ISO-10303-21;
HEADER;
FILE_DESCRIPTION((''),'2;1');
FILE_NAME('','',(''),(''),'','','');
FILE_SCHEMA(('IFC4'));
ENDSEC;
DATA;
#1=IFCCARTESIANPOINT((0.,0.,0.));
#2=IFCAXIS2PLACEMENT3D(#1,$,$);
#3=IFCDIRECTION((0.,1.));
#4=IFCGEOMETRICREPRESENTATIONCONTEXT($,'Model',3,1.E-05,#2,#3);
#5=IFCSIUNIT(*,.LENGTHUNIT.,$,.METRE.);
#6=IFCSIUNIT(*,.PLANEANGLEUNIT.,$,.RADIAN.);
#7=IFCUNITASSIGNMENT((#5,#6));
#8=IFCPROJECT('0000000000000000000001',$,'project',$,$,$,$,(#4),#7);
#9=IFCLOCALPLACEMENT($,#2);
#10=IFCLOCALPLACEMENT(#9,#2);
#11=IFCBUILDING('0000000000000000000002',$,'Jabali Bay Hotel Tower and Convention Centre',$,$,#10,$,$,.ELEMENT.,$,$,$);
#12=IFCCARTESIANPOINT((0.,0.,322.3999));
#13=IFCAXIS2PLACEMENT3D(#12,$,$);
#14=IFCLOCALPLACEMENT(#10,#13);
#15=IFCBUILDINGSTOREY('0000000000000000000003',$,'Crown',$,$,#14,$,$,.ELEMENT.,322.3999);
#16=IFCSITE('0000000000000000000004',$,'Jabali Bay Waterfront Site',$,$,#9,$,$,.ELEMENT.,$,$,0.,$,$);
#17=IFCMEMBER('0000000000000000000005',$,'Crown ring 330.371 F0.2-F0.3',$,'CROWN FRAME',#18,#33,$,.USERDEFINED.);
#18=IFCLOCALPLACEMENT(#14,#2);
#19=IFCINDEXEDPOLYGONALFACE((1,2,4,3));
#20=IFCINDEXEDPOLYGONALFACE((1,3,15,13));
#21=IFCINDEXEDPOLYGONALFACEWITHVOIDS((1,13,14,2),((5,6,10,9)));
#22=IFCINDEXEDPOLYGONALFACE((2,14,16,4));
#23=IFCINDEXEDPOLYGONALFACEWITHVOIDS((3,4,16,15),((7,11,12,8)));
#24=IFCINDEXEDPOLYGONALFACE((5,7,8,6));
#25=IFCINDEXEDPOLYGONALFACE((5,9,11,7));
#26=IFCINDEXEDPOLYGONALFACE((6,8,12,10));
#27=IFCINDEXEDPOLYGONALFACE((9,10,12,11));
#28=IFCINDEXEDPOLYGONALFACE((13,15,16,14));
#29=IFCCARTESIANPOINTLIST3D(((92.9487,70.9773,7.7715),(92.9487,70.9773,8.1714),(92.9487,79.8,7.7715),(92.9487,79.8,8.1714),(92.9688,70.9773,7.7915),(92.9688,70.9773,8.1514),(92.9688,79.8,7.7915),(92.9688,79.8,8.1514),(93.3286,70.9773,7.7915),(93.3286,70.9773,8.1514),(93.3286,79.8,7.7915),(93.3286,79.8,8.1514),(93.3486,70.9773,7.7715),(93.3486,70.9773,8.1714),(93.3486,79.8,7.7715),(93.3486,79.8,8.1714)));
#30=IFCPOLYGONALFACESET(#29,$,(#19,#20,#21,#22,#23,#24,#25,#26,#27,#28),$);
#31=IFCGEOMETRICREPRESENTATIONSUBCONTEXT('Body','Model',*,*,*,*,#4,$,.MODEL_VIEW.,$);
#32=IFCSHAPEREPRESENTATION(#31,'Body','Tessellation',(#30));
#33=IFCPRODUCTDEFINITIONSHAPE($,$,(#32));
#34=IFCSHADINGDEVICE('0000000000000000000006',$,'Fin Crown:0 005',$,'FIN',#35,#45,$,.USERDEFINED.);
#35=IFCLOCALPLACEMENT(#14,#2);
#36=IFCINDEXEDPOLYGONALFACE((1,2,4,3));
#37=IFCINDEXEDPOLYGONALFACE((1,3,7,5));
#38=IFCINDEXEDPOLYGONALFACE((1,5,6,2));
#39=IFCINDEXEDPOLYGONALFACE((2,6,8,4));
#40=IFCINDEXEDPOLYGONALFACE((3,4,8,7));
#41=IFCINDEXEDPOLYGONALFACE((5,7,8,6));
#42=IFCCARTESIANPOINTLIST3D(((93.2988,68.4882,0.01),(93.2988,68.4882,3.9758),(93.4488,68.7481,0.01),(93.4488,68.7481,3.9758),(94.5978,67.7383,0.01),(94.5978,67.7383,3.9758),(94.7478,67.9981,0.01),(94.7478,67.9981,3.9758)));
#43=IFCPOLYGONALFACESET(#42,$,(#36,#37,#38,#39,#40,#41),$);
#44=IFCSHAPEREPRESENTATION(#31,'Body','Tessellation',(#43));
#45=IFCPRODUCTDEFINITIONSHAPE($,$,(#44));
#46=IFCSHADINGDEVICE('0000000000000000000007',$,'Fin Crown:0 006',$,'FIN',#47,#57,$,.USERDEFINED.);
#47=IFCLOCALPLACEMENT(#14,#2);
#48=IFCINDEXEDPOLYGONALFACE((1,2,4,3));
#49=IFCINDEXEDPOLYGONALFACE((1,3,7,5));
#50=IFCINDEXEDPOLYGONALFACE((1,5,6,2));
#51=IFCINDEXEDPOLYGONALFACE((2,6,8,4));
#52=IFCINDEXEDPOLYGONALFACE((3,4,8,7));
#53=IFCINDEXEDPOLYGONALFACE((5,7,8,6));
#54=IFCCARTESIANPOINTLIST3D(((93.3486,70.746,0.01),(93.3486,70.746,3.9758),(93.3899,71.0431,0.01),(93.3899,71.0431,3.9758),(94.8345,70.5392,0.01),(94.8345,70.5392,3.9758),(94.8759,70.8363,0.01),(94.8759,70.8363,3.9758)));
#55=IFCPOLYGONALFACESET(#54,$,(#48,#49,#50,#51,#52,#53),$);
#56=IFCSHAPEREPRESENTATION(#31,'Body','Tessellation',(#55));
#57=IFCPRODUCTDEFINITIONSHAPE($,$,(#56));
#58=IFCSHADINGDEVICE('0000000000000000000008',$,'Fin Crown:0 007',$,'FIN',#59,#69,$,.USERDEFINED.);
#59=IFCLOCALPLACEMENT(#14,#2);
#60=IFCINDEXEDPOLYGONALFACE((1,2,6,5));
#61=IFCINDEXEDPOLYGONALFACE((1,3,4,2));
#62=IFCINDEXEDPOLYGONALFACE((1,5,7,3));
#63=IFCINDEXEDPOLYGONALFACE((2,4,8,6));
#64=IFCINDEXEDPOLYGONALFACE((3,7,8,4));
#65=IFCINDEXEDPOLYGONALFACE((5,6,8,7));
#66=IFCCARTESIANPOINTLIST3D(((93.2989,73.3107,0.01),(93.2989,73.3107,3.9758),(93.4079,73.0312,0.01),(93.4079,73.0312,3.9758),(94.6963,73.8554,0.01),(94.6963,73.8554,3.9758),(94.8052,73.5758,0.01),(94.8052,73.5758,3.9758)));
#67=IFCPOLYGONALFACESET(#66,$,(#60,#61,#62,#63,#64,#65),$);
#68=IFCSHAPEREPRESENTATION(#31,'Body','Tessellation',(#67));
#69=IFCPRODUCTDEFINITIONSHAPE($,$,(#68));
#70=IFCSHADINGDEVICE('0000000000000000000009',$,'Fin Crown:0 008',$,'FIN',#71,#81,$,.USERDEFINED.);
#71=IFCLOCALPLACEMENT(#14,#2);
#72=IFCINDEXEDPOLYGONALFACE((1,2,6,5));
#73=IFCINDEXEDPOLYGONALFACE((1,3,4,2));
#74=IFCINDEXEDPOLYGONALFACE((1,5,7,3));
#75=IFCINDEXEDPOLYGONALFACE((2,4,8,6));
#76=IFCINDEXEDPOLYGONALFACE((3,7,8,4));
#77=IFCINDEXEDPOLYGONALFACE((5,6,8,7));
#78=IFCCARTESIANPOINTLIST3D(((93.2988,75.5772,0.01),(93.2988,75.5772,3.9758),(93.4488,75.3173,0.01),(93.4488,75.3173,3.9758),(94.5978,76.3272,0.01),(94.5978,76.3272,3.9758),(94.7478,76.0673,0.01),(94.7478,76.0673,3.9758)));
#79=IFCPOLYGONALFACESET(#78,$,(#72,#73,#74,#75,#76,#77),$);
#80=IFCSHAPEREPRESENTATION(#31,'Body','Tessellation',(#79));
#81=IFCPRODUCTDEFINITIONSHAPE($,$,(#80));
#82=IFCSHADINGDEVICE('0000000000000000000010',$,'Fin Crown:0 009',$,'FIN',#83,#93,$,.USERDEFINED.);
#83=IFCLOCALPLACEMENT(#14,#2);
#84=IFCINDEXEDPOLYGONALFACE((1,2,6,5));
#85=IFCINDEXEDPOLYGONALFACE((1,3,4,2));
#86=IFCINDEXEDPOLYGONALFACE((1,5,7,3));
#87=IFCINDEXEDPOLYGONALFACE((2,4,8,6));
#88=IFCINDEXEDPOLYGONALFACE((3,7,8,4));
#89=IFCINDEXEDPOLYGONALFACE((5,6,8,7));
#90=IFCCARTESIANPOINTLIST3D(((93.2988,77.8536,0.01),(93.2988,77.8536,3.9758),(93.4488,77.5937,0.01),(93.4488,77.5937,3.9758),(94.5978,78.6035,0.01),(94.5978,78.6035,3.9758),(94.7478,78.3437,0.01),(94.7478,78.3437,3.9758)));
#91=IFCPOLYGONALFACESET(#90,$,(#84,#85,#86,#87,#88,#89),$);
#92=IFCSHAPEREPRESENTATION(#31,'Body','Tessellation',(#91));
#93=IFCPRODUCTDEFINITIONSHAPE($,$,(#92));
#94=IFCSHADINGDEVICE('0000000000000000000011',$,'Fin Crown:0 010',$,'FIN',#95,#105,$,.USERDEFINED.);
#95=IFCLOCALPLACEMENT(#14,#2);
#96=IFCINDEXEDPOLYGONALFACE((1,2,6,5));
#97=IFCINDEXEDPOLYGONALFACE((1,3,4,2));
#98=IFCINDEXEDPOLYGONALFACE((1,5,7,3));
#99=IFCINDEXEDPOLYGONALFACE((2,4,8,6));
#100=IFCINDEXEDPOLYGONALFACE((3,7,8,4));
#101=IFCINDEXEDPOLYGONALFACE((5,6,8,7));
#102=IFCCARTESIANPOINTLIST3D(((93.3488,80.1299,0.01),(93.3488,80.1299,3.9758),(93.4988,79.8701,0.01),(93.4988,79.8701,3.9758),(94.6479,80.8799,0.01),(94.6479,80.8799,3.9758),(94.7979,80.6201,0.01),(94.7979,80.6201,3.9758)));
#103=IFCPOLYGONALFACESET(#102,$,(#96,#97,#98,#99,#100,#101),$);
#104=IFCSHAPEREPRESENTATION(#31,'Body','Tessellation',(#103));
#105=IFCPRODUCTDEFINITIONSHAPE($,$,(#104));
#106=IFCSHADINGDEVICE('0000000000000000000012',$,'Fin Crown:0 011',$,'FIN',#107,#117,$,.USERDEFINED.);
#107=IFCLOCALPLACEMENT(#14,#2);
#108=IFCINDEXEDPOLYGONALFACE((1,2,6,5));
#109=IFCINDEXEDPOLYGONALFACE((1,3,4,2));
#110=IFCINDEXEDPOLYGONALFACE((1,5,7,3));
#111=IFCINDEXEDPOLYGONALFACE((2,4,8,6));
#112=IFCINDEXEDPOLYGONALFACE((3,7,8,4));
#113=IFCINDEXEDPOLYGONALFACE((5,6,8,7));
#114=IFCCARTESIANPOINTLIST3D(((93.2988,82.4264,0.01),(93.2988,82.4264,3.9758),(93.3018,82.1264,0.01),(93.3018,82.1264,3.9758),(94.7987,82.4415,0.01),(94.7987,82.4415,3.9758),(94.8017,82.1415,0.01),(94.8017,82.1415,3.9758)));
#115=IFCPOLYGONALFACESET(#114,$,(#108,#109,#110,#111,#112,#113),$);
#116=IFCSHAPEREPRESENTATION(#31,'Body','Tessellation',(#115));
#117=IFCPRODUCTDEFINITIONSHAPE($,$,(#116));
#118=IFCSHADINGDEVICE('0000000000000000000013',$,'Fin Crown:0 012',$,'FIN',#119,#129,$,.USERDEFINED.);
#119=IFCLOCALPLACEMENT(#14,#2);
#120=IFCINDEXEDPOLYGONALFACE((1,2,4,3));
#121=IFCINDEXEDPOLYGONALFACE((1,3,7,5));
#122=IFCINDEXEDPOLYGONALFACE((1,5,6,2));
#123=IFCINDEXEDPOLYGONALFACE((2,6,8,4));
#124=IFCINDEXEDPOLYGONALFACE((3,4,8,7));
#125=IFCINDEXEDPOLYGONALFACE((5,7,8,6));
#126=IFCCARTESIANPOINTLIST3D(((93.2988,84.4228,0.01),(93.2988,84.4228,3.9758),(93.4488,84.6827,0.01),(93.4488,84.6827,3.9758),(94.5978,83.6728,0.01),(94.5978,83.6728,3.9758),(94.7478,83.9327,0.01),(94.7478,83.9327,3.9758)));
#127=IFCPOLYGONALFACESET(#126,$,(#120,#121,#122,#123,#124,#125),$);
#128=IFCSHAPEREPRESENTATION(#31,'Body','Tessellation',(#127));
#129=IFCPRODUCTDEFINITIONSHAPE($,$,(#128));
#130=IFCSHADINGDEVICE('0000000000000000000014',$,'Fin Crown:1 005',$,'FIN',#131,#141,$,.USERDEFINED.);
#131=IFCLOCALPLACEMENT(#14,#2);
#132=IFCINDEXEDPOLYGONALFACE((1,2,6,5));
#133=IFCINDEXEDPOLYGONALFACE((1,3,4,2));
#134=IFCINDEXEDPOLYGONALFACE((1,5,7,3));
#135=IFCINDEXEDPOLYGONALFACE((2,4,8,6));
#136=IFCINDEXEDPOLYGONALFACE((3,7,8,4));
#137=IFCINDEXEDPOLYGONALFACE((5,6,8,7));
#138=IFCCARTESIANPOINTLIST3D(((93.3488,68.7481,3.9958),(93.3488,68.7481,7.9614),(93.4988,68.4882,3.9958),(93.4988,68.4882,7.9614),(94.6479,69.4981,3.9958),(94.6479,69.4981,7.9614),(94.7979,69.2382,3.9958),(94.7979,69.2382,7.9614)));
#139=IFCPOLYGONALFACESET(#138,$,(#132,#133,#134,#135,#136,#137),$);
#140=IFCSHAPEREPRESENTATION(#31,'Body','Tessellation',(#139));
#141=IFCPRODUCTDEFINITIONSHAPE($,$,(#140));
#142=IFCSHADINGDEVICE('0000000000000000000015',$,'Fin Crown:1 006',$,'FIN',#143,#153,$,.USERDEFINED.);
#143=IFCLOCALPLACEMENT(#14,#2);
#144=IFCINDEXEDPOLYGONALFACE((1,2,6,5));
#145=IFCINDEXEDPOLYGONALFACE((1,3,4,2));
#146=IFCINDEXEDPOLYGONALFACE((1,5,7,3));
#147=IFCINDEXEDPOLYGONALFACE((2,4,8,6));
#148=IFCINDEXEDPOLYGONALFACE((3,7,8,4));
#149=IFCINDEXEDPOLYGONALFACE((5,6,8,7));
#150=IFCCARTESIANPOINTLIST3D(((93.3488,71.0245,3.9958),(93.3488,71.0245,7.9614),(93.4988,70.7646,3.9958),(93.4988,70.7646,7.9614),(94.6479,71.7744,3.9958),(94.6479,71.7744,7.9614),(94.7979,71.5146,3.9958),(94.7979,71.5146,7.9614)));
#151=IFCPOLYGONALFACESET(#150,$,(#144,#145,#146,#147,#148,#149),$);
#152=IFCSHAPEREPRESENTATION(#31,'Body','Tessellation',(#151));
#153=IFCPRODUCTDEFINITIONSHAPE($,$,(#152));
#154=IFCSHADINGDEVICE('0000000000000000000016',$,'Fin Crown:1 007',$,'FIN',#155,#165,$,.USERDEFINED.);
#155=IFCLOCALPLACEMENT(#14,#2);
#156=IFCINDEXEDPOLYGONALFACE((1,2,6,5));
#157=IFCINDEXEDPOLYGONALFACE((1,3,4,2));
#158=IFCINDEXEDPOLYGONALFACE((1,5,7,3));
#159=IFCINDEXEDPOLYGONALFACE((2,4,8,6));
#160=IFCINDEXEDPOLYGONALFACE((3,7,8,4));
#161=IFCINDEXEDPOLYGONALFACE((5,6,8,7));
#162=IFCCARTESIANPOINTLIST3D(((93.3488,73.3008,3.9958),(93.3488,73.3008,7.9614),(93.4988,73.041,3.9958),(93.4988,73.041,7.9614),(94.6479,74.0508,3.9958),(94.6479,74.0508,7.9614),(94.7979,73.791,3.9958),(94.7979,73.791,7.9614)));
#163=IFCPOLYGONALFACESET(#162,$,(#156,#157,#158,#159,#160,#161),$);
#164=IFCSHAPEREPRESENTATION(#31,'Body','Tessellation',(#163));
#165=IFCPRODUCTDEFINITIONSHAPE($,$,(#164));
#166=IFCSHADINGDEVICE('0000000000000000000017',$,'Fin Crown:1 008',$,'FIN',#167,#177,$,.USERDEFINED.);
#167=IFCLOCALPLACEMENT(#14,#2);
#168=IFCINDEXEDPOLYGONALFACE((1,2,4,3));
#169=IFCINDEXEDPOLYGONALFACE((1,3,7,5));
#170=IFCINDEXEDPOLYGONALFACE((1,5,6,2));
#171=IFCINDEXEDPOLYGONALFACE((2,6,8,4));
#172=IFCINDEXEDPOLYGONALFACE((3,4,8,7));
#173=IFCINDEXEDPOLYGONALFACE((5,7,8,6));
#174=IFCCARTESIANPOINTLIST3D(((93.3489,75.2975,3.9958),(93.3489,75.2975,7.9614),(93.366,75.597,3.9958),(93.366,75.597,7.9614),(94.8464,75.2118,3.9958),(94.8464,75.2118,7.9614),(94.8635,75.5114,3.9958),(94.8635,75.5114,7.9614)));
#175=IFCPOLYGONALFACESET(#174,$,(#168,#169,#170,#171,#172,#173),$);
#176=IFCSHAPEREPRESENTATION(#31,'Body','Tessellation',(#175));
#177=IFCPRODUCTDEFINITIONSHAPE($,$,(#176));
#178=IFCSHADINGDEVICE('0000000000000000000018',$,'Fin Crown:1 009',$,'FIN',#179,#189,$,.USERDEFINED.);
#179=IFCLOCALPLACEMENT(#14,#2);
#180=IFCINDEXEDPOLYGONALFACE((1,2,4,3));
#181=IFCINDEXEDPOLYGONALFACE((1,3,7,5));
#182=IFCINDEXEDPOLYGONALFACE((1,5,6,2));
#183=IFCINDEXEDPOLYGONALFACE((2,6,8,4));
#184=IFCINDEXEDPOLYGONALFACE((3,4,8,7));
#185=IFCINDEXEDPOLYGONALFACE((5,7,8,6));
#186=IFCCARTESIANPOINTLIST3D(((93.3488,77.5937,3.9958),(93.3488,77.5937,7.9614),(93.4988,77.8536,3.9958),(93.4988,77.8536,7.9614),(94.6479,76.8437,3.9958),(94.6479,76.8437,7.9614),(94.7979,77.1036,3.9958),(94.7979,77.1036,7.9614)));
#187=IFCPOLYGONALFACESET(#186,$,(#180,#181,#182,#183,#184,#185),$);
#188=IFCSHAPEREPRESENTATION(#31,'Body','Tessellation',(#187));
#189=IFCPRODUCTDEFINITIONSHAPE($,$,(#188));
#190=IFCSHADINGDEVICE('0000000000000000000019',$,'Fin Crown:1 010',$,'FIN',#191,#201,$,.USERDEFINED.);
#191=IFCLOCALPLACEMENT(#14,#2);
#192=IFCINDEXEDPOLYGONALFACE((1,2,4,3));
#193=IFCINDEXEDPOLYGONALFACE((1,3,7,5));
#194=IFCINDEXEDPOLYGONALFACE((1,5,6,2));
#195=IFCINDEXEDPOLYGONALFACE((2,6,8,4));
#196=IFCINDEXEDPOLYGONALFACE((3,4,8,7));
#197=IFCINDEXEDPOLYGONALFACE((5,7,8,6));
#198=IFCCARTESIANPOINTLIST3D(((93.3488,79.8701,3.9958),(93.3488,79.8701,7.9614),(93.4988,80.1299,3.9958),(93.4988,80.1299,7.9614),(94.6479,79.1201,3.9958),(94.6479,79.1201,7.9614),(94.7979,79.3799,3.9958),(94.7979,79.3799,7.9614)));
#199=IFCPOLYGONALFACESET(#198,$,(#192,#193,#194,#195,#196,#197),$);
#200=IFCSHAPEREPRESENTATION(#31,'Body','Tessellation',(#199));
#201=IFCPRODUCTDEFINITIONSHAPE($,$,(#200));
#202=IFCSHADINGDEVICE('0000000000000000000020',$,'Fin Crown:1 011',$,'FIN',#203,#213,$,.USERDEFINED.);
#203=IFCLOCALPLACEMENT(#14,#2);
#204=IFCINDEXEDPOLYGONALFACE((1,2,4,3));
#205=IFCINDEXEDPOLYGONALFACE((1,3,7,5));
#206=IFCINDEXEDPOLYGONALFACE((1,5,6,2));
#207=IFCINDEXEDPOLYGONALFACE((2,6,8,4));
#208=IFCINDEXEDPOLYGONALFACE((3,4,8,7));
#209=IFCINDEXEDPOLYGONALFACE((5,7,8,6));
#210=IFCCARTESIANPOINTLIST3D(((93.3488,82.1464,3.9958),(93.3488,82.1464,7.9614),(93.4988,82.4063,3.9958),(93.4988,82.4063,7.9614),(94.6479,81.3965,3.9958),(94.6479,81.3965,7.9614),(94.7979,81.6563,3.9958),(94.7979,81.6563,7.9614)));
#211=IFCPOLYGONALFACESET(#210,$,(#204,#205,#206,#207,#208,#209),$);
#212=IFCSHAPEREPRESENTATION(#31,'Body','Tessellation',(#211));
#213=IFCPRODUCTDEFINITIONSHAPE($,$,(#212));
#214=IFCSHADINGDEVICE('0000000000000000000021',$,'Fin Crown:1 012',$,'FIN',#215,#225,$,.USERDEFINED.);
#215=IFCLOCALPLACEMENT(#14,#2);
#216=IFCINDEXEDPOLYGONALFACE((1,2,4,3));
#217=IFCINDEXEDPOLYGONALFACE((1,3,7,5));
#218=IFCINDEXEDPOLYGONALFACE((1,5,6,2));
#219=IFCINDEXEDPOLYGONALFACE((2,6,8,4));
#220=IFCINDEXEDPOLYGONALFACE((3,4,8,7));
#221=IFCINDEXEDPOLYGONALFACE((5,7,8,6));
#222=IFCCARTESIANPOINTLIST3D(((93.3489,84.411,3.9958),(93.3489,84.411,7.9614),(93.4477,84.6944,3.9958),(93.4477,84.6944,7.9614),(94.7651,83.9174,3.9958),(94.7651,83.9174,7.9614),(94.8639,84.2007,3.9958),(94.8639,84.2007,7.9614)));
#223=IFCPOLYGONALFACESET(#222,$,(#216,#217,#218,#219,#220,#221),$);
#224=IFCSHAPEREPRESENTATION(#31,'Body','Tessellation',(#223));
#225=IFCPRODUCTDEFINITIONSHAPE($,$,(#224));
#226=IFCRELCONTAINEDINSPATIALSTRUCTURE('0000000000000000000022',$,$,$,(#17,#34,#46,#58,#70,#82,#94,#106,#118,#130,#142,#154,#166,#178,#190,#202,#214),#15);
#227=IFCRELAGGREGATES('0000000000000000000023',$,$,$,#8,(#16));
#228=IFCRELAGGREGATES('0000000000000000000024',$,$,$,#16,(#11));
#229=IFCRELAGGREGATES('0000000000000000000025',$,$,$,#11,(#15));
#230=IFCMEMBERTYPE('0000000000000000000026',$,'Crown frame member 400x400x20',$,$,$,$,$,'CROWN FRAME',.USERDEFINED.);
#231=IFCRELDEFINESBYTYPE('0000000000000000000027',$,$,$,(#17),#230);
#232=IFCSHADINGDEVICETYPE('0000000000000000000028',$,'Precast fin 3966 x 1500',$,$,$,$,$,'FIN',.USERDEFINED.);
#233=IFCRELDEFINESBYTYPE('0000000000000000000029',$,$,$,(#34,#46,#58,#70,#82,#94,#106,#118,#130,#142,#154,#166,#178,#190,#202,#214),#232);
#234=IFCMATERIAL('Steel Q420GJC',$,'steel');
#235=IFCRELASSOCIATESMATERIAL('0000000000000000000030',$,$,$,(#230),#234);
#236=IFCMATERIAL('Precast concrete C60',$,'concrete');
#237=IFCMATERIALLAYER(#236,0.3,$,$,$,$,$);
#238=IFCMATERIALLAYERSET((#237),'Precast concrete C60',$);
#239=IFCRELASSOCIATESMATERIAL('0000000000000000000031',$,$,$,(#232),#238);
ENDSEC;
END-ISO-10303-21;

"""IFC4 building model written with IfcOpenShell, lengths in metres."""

from ifc_helpers import new_model, si_unit, direction, frame, frame_2d, origin, origin_2d, place, context, subcontext, project, spatial, rectangle, hollow_rectangle, extrude, material, layer, layer_set, material_profile, profile_set, type_object, element, save


model = new_model("IFC4")

# Units and contexts
model_context = context("Model", 3, precision=1e-05, world=origin(), true_north=direction((0.0, 1.0)))
body_context = subcontext(model_context, "Body", "Model", "MODEL_VIEW")
ifc_project = project(units=[si_unit("LENGTHUNIT", "METRE"), si_unit("PLANEANGLEUNIT", "RADIAN")], contexts=[model_context])

# Site, building, storey
site_placement = place(None, origin())
site = spatial("IfcSite", under=ifc_project, at=site_placement, Name="Jabali Bay Waterfront Site", CompositionType="ELEMENT", RefElevation=0.0)
building_placement = place(site_placement, origin())
building = spatial("IfcBuilding", under=site, at=building_placement, Name="Jabali Bay Hotel Tower and Convention Centre", CompositionType="ELEMENT")
storey_placement = place(building_placement, frame((0.0, 0.0, 322.3999)))
storey = spatial("IfcBuildingStorey", under=building, at=storey_placement, Name="Crown", CompositionType="ELEMENT", Elevation=322.3999)

# Member
ifc_material_1 = material(Name="Steel Q420GJC", Category="steel")
ifc_material_profile_1 = material_profile(ifc_material_1, hollow_rectangle(XDim=0.3999, YDim=0.3999, WallThickness=0.02, at=origin_2d()), Name="Crown frame member 400x400x20")
ifc_profile_set_1 = profile_set([ifc_material_profile_1], Name="Steel Q420GJC")
member_type_1 = type_object("IfcMemberType", Name="Crown frame member 400x400x20", ElementType="CROWN FRAME", PredefinedType="USERDEFINED", material=ifc_profile_set_1)
member_1_placement = place(storey_placement, frame((93.1487, 70.9773, 7.9714), z_axis=(0.0, 1.0, 0.0), x_axis=(-1.0, 0.0, 0.0)))
element("IfcMember", 1, at=member_1_placement, inside=storey, type_object=member_type_1, Name="Crown ring 330.371 F0.2-F0.3", ObjectType="CROWN FRAME", PredefinedType="USERDEFINED", context=body_context, shape_type="SweptSolid", body=[
    extrude(hollow_rectangle(XDim=0.3999, YDim=0.3999, WallThickness=0.02, at=origin_2d()), origin(), (0.0, 0.0, 1.0), 8.8228),
])

# Shading devices
ifc_material_2 = material(Name="Precast concrete C60", Category="concrete")
ifc_layer = layer(ifc_material_2, 0.3)
ifc_layer_set = layer_set([ifc_layer], Name="Precast concrete C60")
shading_device_type = type_object("IfcShadingDeviceType", Name="Precast fin 3966 x 1500", ElementType="FIN", PredefinedType="USERDEFINED", material=ifc_layer_set)
shading_device_1_placement = place(storey_placement, frame((93.3738, 68.6182, 0.01), z_axis=(0.0, 0.0, 1.0), x_axis=(0.866031, -0.49999, 0.0)))
element("IfcShadingDevice", 2, at=shading_device_1_placement, inside=storey, type_object=shading_device_type, Name="Fin Crown:0 005", ObjectType="FIN", PredefinedType="USERDEFINED", context=body_context, shape_type="SweptSolid", body=[
    extrude(rectangle(XDim=1.5, YDim=0.3, at=frame_2d((0.75, 0.0))), origin(), (0.0, 0.0, 1.0), 3.9658),
])
shading_device_2_placement = place(storey_placement, frame((93.3694, 70.8945, 0.01), z_axis=(0.0, 0.0, 1.0), x_axis=(0.990454, -0.137843, 0.0)))
element("IfcShadingDevice", 3, at=shading_device_2_placement, inside=storey, type_object=shading_device_type, Name="Fin Crown:0 006", ObjectType="FIN", PredefinedType="USERDEFINED", context=body_context, shape_type="SweptSolid", body=[
    extrude(rectangle(XDim=1.5002, YDim=0.3, at=frame_2d((0.75, 0.0))), origin(), (0.0, 0.0, 1.0), 3.9658),
])
shading_device_3_placement = place(storey_placement, frame((93.3533, 73.1709, 0.01), z_axis=(0.0, 0.0, 1.0), x_axis=(0.931729, 0.363153, 0.0)))
element("IfcShadingDevice", 4, at=shading_device_3_placement, inside=storey, type_object=shading_device_type, Name="Fin Crown:0 007", ObjectType="FIN", PredefinedType="USERDEFINED", context=body_context, shape_type="SweptSolid", body=[
    extrude(rectangle(XDim=1.4998, YDim=0.3, at=frame_2d((0.75, 0.0))), origin(), (0.0, 0.0, 1.0), 3.9658),
])
for number, where, z_axis, x_axis, name in (
    (5, (93.3738, 75.4473, 0.01), (0.0, 0.0, 1.0), (0.866031, 0.49999, 0.0), "Fin Crown:0 008"),
    (6, (93.3738, 77.7236, 0.01), (0.0, 0.0, 1.0), (0.866031, 0.49999, 0.0), "Fin Crown:0 009"),
    (7, (93.4238, 80.0, 0.01), (0.0, 0.0, 1.0), (0.866031, 0.49999, 0.0), "Fin Crown:0 010"),
    (8, (93.3003, 82.2764, 0.01), (0.0, 0.0, 1.0), (0.999949, 0.010091, 0.0), "Fin Crown:0 011"),
    (9, (93.3738, 84.5527, 0.01), (0.0, 0.0, 1.0), (0.866031, -0.49999, 0.0), "Fin Crown:0 012"),
):
    element("IfcShadingDevice", number, at=place(storey_placement, frame(where, z_axis=z_axis, x_axis=x_axis)), inside=storey, type_object=shading_device_type, Name=name, ObjectType="FIN", PredefinedType="USERDEFINED", context=body_context, shape_type="SweptSolid", body=[
        extrude(rectangle(XDim=1.5, YDim=0.3, at=frame_2d((0.75, 0.0))), origin(), (0.0, 0.0, 1.0), 3.9658),
    ])
for number, where, z_axis, x_axis, name in (
    (10, (93.4238, 68.6182, 3.9958), (0.0, 0.0, 1.0), (0.866031, 0.49999, 0.0), "Fin Crown:1 005"),
    (11, (93.4238, 70.8945, 3.9958), (0.0, 0.0, 1.0), (0.866031, 0.49999, 0.0), "Fin Crown:1 006"),
    (12, (93.4238, 73.1709, 3.9958), (0.0, 0.0, 1.0), (0.866031, 0.49999, 0.0), "Fin Crown:1 007"),
    (13, (93.3574, 75.4473, 3.9958), (0.0, 0.0, 1.0), (0.998367, -0.057129, 0.0), "Fin Crown:1 008"),
    (14, (93.4238, 77.7236, 3.9958), (0.0, 0.0, 1.0), (0.866031, -0.49999, 0.0), "Fin Crown:1 009"),
    (15, (93.4238, 80.0, 3.9958), (0.0, 0.0, 1.0), (0.866031, -0.49999, 0.0), "Fin Crown:1 010"),
    (16, (93.4238, 82.2764, 3.9958), (0.0, 0.0, 1.0), (0.866031, -0.49999, 0.0), "Fin Crown:1 011"),
):
    element("IfcShadingDevice", number, at=place(storey_placement, frame(where, z_axis=z_axis, x_axis=x_axis)), inside=storey, type_object=shading_device_type, Name=name, ObjectType="FIN", PredefinedType="USERDEFINED", context=body_context, shape_type="SweptSolid", body=[
        extrude(rectangle(XDim=1.5, YDim=0.3, at=frame_2d((0.75, 0.0))), origin(), (0.0, 0.0, 1.0), 3.9656),
    ])
shading_device_4_placement = place(storey_placement, frame((93.3982, 84.5527, 3.9958), z_axis=(0.0, 0.0, 1.0), x_axis=(0.944281, -0.329139, 0.0)))
element("IfcShadingDevice", 17, at=shading_device_4_placement, inside=storey, type_object=shading_device_type, Name="Fin Crown:1 012", ObjectType="FIN", PredefinedType="USERDEFINED", context=body_context, shape_type="SweptSolid", body=[
    extrude(rectangle(XDim=1.4998, YDim=0.3, at=frame_2d((0.75, 0.0))), origin(), (0.0, 0.0, 1.0), 3.9656),
])

save(model, "model.ifc")
